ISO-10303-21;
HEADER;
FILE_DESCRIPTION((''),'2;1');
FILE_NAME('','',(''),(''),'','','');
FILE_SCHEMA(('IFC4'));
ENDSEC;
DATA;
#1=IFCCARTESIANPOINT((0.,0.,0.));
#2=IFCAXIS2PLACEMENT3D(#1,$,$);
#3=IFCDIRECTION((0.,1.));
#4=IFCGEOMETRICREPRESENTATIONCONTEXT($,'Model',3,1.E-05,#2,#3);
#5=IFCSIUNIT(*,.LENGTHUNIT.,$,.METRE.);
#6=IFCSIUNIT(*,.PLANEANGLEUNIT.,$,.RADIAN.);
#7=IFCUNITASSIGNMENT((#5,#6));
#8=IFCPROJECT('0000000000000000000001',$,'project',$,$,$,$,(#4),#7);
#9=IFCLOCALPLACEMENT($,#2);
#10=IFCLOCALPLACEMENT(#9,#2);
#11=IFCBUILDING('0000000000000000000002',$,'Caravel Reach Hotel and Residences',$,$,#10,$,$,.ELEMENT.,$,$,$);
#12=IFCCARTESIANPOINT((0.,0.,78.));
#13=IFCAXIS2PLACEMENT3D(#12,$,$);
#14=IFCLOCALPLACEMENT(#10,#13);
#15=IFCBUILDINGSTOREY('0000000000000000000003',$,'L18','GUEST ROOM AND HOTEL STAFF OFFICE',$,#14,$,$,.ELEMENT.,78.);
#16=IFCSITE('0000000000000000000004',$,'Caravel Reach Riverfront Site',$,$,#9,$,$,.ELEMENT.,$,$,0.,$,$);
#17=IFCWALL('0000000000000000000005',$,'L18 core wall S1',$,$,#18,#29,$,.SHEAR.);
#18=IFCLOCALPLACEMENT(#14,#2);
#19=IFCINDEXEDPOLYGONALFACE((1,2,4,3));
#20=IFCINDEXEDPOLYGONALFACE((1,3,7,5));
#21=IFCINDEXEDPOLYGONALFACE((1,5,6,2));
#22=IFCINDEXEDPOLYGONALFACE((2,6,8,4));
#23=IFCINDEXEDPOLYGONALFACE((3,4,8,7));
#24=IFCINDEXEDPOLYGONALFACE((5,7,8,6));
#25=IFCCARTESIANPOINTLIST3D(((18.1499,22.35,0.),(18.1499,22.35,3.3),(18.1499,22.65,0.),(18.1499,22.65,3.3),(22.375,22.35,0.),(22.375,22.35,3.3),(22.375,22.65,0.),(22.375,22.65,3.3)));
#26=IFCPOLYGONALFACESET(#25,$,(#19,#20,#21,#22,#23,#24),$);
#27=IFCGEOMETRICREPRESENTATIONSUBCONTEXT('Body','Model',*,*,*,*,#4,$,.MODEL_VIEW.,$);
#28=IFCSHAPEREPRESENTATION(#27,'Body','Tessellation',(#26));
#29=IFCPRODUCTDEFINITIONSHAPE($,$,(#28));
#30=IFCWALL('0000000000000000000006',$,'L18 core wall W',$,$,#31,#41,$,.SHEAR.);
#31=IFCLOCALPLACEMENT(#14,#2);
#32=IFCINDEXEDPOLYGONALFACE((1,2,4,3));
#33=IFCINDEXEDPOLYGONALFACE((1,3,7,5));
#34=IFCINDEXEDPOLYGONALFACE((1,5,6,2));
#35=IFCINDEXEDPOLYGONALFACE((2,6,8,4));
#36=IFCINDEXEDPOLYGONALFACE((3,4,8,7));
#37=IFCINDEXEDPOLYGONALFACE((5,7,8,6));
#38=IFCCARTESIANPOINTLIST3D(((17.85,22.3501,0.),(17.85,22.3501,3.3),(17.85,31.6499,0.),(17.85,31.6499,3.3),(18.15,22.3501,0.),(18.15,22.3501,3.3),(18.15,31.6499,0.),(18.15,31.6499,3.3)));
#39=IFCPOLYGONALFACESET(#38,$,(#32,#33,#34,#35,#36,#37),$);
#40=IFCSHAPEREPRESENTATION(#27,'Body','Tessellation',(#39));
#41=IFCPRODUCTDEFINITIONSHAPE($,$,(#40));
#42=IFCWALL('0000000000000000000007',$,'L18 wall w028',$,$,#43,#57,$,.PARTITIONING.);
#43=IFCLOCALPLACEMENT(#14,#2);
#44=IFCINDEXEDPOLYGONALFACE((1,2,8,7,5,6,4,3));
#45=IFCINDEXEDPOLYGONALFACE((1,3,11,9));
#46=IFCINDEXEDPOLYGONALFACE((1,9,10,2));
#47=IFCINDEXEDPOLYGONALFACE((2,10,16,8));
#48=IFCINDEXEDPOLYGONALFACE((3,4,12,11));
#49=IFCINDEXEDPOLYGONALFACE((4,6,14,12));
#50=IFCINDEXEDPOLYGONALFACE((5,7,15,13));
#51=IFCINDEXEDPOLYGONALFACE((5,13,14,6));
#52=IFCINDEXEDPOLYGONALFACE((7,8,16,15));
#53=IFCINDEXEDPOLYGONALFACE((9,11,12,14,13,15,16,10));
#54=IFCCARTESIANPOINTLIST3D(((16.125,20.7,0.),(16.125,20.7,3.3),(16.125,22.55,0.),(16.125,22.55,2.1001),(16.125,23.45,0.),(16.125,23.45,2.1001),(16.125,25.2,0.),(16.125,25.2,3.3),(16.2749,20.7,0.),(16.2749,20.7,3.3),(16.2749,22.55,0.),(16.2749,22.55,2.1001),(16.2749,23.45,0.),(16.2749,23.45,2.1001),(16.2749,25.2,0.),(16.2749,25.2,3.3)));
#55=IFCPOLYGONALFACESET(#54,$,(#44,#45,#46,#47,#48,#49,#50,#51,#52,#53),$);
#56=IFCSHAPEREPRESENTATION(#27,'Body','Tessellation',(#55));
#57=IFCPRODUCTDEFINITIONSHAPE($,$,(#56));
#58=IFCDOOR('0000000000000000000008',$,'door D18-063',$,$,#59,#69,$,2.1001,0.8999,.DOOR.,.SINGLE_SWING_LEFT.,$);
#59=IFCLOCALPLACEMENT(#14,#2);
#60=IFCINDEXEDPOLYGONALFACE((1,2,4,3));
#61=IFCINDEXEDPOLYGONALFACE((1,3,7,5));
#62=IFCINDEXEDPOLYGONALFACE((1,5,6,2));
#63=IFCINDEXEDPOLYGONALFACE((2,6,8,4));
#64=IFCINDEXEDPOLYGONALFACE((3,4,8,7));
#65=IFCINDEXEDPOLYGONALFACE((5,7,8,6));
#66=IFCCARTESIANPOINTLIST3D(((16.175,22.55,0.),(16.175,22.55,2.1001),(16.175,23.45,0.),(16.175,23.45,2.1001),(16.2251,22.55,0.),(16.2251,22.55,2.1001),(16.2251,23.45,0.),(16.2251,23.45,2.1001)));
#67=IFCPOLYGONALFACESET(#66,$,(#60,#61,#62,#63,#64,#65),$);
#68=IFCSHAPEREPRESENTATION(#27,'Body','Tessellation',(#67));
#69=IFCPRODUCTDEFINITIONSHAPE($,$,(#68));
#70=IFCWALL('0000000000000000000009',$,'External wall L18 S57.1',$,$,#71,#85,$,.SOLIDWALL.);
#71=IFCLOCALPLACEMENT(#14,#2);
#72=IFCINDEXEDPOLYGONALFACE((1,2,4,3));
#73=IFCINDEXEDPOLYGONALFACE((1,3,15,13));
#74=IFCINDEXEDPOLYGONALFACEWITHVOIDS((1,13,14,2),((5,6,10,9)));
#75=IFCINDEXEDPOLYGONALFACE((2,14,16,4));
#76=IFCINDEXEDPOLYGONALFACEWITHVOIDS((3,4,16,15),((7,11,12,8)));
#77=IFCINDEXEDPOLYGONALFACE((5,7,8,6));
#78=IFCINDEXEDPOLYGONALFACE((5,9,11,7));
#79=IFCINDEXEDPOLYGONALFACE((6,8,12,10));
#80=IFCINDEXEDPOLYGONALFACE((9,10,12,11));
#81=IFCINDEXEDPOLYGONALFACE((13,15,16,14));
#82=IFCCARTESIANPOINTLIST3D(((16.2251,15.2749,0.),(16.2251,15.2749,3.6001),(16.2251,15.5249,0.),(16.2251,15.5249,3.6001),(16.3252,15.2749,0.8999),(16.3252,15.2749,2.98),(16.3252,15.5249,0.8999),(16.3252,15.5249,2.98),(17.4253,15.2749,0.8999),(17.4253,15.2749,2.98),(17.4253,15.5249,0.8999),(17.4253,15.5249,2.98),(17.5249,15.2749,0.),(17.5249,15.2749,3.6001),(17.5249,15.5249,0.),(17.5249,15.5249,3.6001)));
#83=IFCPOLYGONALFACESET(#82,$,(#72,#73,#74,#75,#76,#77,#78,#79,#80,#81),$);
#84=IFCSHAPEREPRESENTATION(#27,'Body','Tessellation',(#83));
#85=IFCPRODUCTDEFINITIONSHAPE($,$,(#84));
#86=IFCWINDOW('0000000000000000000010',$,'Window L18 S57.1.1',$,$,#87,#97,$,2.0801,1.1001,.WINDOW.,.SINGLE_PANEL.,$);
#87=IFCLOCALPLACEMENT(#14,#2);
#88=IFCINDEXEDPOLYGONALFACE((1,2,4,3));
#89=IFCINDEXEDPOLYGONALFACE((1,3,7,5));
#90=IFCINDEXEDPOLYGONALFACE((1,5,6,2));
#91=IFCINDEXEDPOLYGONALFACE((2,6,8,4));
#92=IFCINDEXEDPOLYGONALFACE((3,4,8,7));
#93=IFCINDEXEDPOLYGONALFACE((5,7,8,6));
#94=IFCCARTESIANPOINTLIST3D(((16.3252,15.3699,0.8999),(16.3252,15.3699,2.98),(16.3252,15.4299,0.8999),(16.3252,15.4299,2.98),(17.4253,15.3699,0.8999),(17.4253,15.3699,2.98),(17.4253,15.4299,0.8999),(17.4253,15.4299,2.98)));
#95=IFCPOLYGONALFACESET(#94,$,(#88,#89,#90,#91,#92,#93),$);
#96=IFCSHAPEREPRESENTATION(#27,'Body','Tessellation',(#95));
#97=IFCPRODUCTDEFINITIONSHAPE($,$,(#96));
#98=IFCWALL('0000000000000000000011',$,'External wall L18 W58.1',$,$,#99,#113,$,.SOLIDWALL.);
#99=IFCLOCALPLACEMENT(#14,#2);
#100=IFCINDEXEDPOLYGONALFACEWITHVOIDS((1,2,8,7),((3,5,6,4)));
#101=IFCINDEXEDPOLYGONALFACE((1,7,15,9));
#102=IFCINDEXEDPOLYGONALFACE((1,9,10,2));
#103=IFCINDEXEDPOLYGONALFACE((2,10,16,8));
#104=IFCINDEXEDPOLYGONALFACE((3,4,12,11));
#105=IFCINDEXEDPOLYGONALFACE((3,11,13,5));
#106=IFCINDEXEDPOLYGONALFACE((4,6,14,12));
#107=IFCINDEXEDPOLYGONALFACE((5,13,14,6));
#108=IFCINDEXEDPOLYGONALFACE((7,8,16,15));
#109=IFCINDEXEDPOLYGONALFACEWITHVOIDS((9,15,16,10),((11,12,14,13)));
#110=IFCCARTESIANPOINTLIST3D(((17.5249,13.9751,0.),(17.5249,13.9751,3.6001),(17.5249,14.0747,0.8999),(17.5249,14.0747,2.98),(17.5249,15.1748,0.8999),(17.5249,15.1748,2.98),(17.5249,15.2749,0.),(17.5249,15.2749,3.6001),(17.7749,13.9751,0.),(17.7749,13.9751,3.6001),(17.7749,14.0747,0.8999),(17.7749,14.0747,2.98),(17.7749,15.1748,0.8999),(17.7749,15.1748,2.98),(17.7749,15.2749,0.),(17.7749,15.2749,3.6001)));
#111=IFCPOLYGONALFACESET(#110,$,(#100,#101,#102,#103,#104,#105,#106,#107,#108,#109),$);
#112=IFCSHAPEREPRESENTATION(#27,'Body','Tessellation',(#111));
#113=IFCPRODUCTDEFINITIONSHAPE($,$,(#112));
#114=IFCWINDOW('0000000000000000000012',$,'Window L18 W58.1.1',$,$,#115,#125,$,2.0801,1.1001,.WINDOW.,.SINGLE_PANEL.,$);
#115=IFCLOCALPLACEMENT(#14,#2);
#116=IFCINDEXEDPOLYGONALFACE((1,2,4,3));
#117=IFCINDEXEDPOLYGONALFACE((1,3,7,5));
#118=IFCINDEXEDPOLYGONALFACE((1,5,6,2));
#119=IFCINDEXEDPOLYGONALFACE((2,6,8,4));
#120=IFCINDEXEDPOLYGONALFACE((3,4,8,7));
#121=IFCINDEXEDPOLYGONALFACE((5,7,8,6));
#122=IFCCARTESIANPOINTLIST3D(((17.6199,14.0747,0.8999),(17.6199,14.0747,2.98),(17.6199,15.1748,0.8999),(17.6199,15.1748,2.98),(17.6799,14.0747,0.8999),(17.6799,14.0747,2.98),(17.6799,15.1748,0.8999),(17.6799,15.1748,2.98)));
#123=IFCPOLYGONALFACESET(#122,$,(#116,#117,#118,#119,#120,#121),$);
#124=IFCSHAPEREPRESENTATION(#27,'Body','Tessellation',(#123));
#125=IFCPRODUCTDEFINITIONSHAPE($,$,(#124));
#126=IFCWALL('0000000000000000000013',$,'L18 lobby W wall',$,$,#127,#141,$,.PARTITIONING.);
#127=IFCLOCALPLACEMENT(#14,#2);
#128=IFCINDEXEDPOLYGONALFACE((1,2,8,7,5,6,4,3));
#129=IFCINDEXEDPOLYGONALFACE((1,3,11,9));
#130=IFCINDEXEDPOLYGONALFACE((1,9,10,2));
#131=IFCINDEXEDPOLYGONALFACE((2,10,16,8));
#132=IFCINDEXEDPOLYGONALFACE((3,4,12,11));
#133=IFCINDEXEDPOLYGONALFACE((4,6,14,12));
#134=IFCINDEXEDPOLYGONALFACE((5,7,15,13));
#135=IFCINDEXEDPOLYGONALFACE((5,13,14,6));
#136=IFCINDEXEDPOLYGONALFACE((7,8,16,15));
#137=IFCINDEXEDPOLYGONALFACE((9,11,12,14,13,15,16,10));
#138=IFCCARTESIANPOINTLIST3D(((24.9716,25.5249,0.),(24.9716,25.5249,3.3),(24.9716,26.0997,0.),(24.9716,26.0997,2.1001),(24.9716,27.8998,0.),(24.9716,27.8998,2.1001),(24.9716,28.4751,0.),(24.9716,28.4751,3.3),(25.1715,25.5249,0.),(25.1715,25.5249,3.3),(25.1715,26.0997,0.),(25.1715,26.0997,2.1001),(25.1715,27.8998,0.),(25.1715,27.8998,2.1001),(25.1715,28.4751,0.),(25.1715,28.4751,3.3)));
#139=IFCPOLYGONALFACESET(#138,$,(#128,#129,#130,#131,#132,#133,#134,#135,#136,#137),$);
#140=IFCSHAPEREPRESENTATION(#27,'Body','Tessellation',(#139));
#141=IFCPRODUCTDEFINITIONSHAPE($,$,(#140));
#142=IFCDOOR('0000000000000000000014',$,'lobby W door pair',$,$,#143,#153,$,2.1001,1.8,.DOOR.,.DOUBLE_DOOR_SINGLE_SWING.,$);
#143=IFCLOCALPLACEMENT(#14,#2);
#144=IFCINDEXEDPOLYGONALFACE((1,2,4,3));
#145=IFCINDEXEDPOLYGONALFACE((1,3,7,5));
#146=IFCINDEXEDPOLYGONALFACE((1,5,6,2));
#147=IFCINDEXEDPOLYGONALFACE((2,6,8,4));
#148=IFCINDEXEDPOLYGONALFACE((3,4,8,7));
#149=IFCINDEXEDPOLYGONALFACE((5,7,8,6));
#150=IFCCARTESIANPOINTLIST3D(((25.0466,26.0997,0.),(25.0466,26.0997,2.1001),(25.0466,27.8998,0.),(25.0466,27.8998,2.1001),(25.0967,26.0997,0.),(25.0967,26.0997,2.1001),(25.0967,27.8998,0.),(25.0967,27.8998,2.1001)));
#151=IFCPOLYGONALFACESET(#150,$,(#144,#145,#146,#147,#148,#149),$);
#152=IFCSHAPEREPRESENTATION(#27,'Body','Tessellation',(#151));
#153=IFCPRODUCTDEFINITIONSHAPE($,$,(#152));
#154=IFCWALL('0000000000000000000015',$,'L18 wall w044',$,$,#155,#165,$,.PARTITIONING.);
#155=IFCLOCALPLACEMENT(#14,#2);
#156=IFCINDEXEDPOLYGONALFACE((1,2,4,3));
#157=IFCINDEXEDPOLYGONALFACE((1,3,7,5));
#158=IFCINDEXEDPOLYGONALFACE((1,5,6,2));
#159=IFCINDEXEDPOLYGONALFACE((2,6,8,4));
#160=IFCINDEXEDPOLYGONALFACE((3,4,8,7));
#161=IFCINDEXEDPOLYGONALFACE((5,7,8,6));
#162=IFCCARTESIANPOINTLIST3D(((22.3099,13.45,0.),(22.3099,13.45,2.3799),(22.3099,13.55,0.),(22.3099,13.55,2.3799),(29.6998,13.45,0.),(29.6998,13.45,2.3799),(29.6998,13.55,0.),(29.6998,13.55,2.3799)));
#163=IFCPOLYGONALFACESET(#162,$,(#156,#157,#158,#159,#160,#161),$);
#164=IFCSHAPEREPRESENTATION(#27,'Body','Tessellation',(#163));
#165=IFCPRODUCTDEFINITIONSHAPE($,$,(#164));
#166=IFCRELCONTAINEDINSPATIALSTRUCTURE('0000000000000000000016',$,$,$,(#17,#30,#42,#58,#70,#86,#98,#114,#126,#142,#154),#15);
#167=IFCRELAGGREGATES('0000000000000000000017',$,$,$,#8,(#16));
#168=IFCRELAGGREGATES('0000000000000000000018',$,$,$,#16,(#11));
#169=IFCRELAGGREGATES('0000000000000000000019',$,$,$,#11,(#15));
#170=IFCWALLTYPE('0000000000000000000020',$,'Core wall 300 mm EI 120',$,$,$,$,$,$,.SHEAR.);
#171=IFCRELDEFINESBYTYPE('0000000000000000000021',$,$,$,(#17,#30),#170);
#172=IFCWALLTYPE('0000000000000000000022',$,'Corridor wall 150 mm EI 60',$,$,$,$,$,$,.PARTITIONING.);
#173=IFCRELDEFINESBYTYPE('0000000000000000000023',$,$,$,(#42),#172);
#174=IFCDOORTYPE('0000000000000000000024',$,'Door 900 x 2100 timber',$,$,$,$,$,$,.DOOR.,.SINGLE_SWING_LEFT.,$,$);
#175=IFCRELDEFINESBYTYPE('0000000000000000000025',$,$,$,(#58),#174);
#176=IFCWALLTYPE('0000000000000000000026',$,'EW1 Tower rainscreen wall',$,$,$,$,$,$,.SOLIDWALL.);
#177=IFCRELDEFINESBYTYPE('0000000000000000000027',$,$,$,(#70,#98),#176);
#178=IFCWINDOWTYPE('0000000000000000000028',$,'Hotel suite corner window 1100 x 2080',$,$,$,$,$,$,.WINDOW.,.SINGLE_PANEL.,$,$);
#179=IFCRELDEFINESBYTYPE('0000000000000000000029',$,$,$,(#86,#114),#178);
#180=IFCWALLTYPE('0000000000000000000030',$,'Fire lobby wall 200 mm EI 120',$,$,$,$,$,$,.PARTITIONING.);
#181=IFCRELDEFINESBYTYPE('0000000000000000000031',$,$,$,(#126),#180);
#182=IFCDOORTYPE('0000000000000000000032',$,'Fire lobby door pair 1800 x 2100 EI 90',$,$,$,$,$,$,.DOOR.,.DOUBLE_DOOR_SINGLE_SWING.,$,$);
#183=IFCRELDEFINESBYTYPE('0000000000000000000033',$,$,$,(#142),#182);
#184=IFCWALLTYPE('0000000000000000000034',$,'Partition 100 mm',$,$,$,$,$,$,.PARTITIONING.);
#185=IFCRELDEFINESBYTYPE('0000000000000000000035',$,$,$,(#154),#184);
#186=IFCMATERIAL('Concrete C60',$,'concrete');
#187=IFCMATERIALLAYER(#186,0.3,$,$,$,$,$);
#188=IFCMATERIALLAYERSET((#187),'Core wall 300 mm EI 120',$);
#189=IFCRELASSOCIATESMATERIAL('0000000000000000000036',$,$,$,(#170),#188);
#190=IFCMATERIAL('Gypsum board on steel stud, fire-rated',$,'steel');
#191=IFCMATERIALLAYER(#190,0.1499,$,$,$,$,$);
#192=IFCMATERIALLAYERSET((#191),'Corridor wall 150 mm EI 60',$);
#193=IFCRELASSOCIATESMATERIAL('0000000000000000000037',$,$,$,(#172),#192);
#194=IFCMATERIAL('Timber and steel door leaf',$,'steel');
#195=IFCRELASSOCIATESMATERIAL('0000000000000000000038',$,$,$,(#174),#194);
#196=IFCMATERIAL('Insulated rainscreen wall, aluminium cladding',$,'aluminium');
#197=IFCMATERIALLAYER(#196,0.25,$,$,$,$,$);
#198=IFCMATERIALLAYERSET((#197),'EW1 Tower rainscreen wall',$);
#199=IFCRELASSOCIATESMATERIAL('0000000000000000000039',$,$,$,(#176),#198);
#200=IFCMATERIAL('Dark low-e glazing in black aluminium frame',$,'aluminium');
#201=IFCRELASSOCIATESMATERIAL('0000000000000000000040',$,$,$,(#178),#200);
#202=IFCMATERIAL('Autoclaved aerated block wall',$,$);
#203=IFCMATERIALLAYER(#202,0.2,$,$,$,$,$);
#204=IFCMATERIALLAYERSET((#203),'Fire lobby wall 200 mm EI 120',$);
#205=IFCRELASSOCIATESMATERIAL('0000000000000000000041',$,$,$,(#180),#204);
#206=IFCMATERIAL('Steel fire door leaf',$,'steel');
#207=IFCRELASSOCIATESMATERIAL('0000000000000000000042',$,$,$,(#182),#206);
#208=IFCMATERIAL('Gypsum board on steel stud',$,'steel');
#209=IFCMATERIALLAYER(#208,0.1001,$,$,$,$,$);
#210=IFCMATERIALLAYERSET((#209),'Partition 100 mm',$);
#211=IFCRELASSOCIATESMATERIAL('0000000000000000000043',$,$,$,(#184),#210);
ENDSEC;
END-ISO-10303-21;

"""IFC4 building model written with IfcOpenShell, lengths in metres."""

from ifc_helpers import new_model, si_unit, direction, frame, frame_2d, origin, place, context, subcontext, project, spatial, rectangle, extrude, material, layer, layer_set, type_object, element, fill, save


model = new_model("IFC4")

# Units and contexts
model_context = context("Model", 3, precision=1e-05, world=origin(), true_north=direction((0.0, 1.0)))
body_context = subcontext(model_context, "Body", "Model", "MODEL_VIEW")
ifc_project = project(units=[si_unit("LENGTHUNIT", "METRE"), si_unit("PLANEANGLEUNIT", "RADIAN")], contexts=[model_context])

# Site, building, storey
site_placement = place(None, origin())
site = spatial("IfcSite", under=ifc_project, at=site_placement, Name="Caravel Reach Riverfront Site", CompositionType="ELEMENT", RefElevation=0.0)
building_placement = place(site_placement, origin())
building = spatial("IfcBuilding", under=site, at=building_placement, Name="Caravel Reach Hotel and Residences", CompositionType="ELEMENT")
storey_placement = place(building_placement, frame((0.0, 0.0, 78.0)))
storey = spatial("IfcBuildingStorey", under=building, at=storey_placement, Name="L18", Description="GUEST ROOM AND HOTEL STAFF OFFICE", CompositionType="ELEMENT", Elevation=78.0)

# Walls
ifc_material_1 = material(Name="Concrete C60", Category="concrete")
ifc_layer_1 = layer(ifc_material_1, 0.3)
ifc_layer_set_1 = layer_set([ifc_layer_1], Name="Core wall 300 mm EI 120")
wall_type_1 = type_object("IfcWallType", Name="Core wall 300 mm EI 120", PredefinedType="SHEAR", material=ifc_layer_set_1)
wall_1_placement = place(storey_placement, frame((18.1499, 22.5, 0.0), z_axis=(0.0, 0.0, 1.0), x_axis=(1.0, 0.0, 0.0)))
element("IfcWall", 1, at=wall_1_placement, inside=storey, type_object=wall_type_1, Name="L18 core wall S1", PredefinedType="SHEAR", context=body_context, shape_type="SweptSolid", body=[
    extrude(rectangle(XDim=4.2251, YDim=0.3, at=frame_2d((2.1125, 0.0))), origin(), (0.0, 0.0, 1.0), 3.3),
])
wall_2_placement = place(storey_placement, frame((18.0, 22.3501, 0.0), z_axis=(0.0, 0.0, 1.0), x_axis=(0.0, 1.0, 0.0)))
element("IfcWall", 2, at=wall_2_placement, inside=storey, type_object=wall_type_1, Name="L18 core wall W", PredefinedType="SHEAR", context=body_context, shape_type="SweptSolid", body=[
    extrude(rectangle(XDim=9.2998, YDim=0.3, at=frame_2d((4.6499, 0.0))), origin(), (0.0, 0.0, 1.0), 3.3),
])

# Wall, opening, door
ifc_material_2 = material(Name="Gypsum board on steel stud, fire-rated", Category="steel")
ifc_layer_2 = layer(ifc_material_2, 0.1499)
ifc_layer_set_2 = layer_set([ifc_layer_2], Name="Corridor wall 150 mm EI 60")
wall_type_2 = type_object("IfcWallType", Name="Corridor wall 150 mm EI 60", PredefinedType="PARTITIONING", material=ifc_layer_set_2)
wall_3_placement = place(storey_placement, frame((16.2, 20.7, 0.0), z_axis=(0.0, 0.0, 1.0), x_axis=(0.0, 1.0, 0.0)))
wall_3 = element("IfcWall", 3, at=wall_3_placement, inside=storey, type_object=wall_type_2, Name="L18 wall w028", PredefinedType="PARTITIONING", context=body_context, shape_type="SweptSolid", body=[
    extrude(rectangle(XDim=4.5, YDim=0.1499, at=frame_2d((2.25, 0.0))), origin(), (0.0, 0.0, 1.0), 3.3),
])
opening_1_placement = place(wall_3_placement, frame((1.8501, 0.0, 0.0)))
opening_1 = element("IfcOpeningElement", 4, at=opening_1_placement, cuts=wall_3, PredefinedType="OPENING", context=body_context, shape_type="SweptSolid", body=[
    extrude(rectangle(XDim=0.8999, YDim=2.1001, at=frame_2d((0.45, 1.05))), frame((0.0, 0.085, 0.0), z_axis=(0.0, -1.0, 0.0), x_axis=(1.0, 0.0, 0.0)), (0.0, 0.0, 1.0), 0.1699),
])
ifc_material_3 = material(Name="Timber and steel door leaf", Category="steel")
door_type_1 = type_object("IfcDoorType", Name="Door 900 x 2100 timber", OperationType="SINGLE_SWING_LEFT", PredefinedType="DOOR", material=ifc_material_3)
door_1_placement = place(opening_1_placement, origin())
door_1 = element("IfcDoor", 5, at=door_1_placement, inside=storey, type_object=door_type_1, Name="door D18-063", OperationType="SINGLE_SWING_LEFT", OverallHeight=2.1001, OverallWidth=0.8999, PredefinedType="DOOR", context=body_context, shape_type="SweptSolid", body=[
    extrude(rectangle(XDim=0.8999, YDim=2.1001, at=frame_2d((0.45, 1.05))), frame((0.0, 0.0249, 0.0), z_axis=(0.0, -1.0, 0.0), x_axis=(1.0, 0.0, 0.0)), (0.0, 0.0, 1.0), 0.05),
])
fill(opening_1, door_1)

# Walls, openings, windows
ifc_material_4 = material(Name="Insulated rainscreen wall, aluminium cladding", Category="aluminium")
ifc_layer_3 = layer(ifc_material_4, 0.25)
ifc_layer_set_3 = layer_set([ifc_layer_3], Name="EW1 Tower rainscreen wall")
wall_type_3 = type_object("IfcWallType", Name="EW1 Tower rainscreen wall", PredefinedType="SOLIDWALL", material=ifc_layer_set_3)
wall_4_placement = place(storey_placement, frame((16.2251, 15.3999, 0.0), z_axis=(0.0, 0.0, 1.0), x_axis=(1.0, 0.0, 0.0)))
wall_4 = element("IfcWall", 6, at=wall_4_placement, inside=storey, type_object=wall_type_3, Name="External wall L18 S57.1", PredefinedType="SOLIDWALL", context=body_context, shape_type="SweptSolid", body=[
    extrude(rectangle(XDim=1.2998, YDim=0.25, at=frame_2d((0.6499, 0.0))), origin(), (0.0, 0.0, 1.0), 3.6001),
])
opening_2_placement = place(wall_4_placement, frame((0.1001, 0.0, 0.8999)))
opening_2 = element("IfcOpeningElement", 7, at=opening_2_placement, cuts=wall_4, PredefinedType="OPENING", context=body_context, shape_type="SweptSolid", body=[
    extrude(rectangle(XDim=1.1001, YDim=2.0801, at=frame_2d((0.55, 1.04))), frame((0.0, 0.135, 0.0), z_axis=(0.0, -1.0, 0.0), x_axis=(1.0, 0.0, 0.0)), (0.0, 0.0, 1.0), 0.27),
])
ifc_material_5 = material(Name="Dark low-e glazing in black aluminium frame", Category="aluminium")
window_type = type_object("IfcWindowType", Name="Hotel suite corner window 1100 x 2080", PartitioningType="SINGLE_PANEL", PredefinedType="WINDOW", material=ifc_material_5)
window_1_placement = place(opening_2_placement, origin())
window_1 = element("IfcWindow", 8, at=window_1_placement, inside=storey, type_object=window_type, Name="Window L18 S57.1.1", OverallHeight=2.0801, OverallWidth=1.1001, PartitioningType="SINGLE_PANEL", PredefinedType="WINDOW", context=body_context, shape_type="SweptSolid", body=[
    extrude(rectangle(XDim=1.1001, YDim=2.0801, at=frame_2d((0.55, 1.04))), frame((0.0, 0.03, 0.0), z_axis=(0.0, -1.0, 0.0), x_axis=(1.0, 0.0, 0.0)), (0.0, 0.0, 1.0), 0.0601),
])
fill(opening_2, window_1)
wall_5_placement = place(storey_placement, frame((17.6499, 15.2749, 0.0), z_axis=(0.0, 0.0, 1.0), x_axis=(0.0, -1.0, 0.0)))
wall_5 = element("IfcWall", 9, at=wall_5_placement, inside=storey, type_object=wall_type_3, Name="External wall L18 W58.1", PredefinedType="SOLIDWALL", context=body_context, shape_type="SweptSolid", body=[
    extrude(rectangle(XDim=1.2998, YDim=0.25, at=frame_2d((0.6499, 0.0))), origin(), (0.0, 0.0, 1.0), 3.6001),
])
opening_3_placement = place(wall_5_placement, frame((0.1001, 0.0, 0.8999)))
opening_3 = element("IfcOpeningElement", 10, at=opening_3_placement, cuts=wall_5, PredefinedType="OPENING", context=body_context, shape_type="SweptSolid", body=[
    extrude(rectangle(XDim=1.1001, YDim=2.0801, at=frame_2d((0.55, 1.04))), frame((0.0, 0.135, 0.0), z_axis=(0.0, -1.0, 0.0), x_axis=(1.0, 0.0, 0.0)), (0.0, 0.0, 1.0), 0.27),
])
window_2_placement = place(opening_3_placement, origin())
window_2 = element("IfcWindow", 11, at=window_2_placement, inside=storey, type_object=window_type, Name="Window L18 W58.1.1", OverallHeight=2.0801, OverallWidth=1.1001, PartitioningType="SINGLE_PANEL", PredefinedType="WINDOW", context=body_context, shape_type="SweptSolid", body=[
    extrude(rectangle(XDim=1.1001, YDim=2.0801, at=frame_2d((0.55, 1.04))), frame((0.0, 0.03, 0.0), z_axis=(0.0, -1.0, 0.0), x_axis=(1.0, 0.0, 0.0)), (0.0, 0.0, 1.0), 0.0601),
])
fill(opening_3, window_2)

# Wall, opening, door
ifc_material_6 = material(Name="Autoclaved aerated block wall")
ifc_layer_4 = layer(ifc_material_6, 0.2)
ifc_layer_set_4 = layer_set([ifc_layer_4], Name="Fire lobby wall 200 mm EI 120")
wall_type_4 = type_object("IfcWallType", Name="Fire lobby wall 200 mm EI 120", PredefinedType="PARTITIONING", material=ifc_layer_set_4)
wall_6_placement = place(storey_placement, frame((25.0715, 25.5249, 0.0), z_axis=(0.0, 0.0, 1.0), x_axis=(0.0, 1.0, 0.0)))
wall_6 = element("IfcWall", 12, at=wall_6_placement, inside=storey, type_object=wall_type_4, Name="L18 lobby W wall", PredefinedType="PARTITIONING", context=body_context, shape_type="SweptSolid", body=[
    extrude(rectangle(XDim=2.9502, YDim=0.2, at=frame_2d((1.4751, 0.0))), origin(), (0.0, 0.0, 1.0), 3.3),
])
opening_4_placement = place(wall_6_placement, frame((0.575, 0.0, 0.0)))
opening_4 = element("IfcOpeningElement", 13, at=opening_4_placement, cuts=wall_6, PredefinedType="OPENING", context=body_context, shape_type="SweptSolid", body=[
    extrude(rectangle(XDim=1.8, YDim=2.1001, at=frame_2d((0.8999, 1.05))), frame((0.0, 0.1099, 0.0), z_axis=(0.0, -1.0, 0.0), x_axis=(1.0, 0.0, 0.0)), (0.0, 0.0, 1.0), 0.22),
])
ifc_material_7 = material(Name="Steel fire door leaf", Category="steel")
door_type_2 = type_object("IfcDoorType", Name="Fire lobby door pair 1800 x 2100 EI 90", OperationType="DOUBLE_DOOR_SINGLE_SWING", PredefinedType="DOOR", material=ifc_material_7)
door_2_placement = place(opening_4_placement, origin())
door_2 = element("IfcDoor", 14, at=door_2_placement, inside=storey, type_object=door_type_2, Name="lobby W door pair", OperationType="DOUBLE_DOOR_SINGLE_SWING", OverallHeight=2.1001, OverallWidth=1.8, PredefinedType="DOOR", context=body_context, shape_type="SweptSolid", body=[
    extrude(rectangle(XDim=1.8, YDim=2.1001, at=frame_2d((0.8999, 1.05))), frame((0.0, 0.0249, 0.0), z_axis=(0.0, -1.0, 0.0), x_axis=(1.0, 0.0, 0.0)), (0.0, 0.0, 1.0), 0.05),
])
fill(opening_4, door_2)

# Wall
ifc_material_8 = material(Name="Gypsum board on steel stud", Category="steel")
ifc_layer_5 = layer(ifc_material_8, 0.1001)
ifc_layer_set_5 = layer_set([ifc_layer_5], Name="Partition 100 mm")
wall_type_5 = type_object("IfcWallType", Name="Partition 100 mm", PredefinedType="PARTITIONING", material=ifc_layer_set_5)
wall_7_placement = place(storey_placement, frame((22.3101, 13.5, 0.0), z_axis=(0.0, 0.0, 1.0), x_axis=(1.0, 0.0, 0.0)))
element("IfcWall", 15, at=wall_7_placement, inside=storey, type_object=wall_type_5, Name="L18 wall w044", PredefinedType="PARTITIONING", context=body_context, shape_type="SweptSolid", body=[
    extrude(rectangle(XDim=7.3899, YDim=0.1001, at=frame_2d((3.6948, 0.0))), origin(), (0.0, 0.0, 1.0), 2.3799),
])

save(model, "model.ifc")
